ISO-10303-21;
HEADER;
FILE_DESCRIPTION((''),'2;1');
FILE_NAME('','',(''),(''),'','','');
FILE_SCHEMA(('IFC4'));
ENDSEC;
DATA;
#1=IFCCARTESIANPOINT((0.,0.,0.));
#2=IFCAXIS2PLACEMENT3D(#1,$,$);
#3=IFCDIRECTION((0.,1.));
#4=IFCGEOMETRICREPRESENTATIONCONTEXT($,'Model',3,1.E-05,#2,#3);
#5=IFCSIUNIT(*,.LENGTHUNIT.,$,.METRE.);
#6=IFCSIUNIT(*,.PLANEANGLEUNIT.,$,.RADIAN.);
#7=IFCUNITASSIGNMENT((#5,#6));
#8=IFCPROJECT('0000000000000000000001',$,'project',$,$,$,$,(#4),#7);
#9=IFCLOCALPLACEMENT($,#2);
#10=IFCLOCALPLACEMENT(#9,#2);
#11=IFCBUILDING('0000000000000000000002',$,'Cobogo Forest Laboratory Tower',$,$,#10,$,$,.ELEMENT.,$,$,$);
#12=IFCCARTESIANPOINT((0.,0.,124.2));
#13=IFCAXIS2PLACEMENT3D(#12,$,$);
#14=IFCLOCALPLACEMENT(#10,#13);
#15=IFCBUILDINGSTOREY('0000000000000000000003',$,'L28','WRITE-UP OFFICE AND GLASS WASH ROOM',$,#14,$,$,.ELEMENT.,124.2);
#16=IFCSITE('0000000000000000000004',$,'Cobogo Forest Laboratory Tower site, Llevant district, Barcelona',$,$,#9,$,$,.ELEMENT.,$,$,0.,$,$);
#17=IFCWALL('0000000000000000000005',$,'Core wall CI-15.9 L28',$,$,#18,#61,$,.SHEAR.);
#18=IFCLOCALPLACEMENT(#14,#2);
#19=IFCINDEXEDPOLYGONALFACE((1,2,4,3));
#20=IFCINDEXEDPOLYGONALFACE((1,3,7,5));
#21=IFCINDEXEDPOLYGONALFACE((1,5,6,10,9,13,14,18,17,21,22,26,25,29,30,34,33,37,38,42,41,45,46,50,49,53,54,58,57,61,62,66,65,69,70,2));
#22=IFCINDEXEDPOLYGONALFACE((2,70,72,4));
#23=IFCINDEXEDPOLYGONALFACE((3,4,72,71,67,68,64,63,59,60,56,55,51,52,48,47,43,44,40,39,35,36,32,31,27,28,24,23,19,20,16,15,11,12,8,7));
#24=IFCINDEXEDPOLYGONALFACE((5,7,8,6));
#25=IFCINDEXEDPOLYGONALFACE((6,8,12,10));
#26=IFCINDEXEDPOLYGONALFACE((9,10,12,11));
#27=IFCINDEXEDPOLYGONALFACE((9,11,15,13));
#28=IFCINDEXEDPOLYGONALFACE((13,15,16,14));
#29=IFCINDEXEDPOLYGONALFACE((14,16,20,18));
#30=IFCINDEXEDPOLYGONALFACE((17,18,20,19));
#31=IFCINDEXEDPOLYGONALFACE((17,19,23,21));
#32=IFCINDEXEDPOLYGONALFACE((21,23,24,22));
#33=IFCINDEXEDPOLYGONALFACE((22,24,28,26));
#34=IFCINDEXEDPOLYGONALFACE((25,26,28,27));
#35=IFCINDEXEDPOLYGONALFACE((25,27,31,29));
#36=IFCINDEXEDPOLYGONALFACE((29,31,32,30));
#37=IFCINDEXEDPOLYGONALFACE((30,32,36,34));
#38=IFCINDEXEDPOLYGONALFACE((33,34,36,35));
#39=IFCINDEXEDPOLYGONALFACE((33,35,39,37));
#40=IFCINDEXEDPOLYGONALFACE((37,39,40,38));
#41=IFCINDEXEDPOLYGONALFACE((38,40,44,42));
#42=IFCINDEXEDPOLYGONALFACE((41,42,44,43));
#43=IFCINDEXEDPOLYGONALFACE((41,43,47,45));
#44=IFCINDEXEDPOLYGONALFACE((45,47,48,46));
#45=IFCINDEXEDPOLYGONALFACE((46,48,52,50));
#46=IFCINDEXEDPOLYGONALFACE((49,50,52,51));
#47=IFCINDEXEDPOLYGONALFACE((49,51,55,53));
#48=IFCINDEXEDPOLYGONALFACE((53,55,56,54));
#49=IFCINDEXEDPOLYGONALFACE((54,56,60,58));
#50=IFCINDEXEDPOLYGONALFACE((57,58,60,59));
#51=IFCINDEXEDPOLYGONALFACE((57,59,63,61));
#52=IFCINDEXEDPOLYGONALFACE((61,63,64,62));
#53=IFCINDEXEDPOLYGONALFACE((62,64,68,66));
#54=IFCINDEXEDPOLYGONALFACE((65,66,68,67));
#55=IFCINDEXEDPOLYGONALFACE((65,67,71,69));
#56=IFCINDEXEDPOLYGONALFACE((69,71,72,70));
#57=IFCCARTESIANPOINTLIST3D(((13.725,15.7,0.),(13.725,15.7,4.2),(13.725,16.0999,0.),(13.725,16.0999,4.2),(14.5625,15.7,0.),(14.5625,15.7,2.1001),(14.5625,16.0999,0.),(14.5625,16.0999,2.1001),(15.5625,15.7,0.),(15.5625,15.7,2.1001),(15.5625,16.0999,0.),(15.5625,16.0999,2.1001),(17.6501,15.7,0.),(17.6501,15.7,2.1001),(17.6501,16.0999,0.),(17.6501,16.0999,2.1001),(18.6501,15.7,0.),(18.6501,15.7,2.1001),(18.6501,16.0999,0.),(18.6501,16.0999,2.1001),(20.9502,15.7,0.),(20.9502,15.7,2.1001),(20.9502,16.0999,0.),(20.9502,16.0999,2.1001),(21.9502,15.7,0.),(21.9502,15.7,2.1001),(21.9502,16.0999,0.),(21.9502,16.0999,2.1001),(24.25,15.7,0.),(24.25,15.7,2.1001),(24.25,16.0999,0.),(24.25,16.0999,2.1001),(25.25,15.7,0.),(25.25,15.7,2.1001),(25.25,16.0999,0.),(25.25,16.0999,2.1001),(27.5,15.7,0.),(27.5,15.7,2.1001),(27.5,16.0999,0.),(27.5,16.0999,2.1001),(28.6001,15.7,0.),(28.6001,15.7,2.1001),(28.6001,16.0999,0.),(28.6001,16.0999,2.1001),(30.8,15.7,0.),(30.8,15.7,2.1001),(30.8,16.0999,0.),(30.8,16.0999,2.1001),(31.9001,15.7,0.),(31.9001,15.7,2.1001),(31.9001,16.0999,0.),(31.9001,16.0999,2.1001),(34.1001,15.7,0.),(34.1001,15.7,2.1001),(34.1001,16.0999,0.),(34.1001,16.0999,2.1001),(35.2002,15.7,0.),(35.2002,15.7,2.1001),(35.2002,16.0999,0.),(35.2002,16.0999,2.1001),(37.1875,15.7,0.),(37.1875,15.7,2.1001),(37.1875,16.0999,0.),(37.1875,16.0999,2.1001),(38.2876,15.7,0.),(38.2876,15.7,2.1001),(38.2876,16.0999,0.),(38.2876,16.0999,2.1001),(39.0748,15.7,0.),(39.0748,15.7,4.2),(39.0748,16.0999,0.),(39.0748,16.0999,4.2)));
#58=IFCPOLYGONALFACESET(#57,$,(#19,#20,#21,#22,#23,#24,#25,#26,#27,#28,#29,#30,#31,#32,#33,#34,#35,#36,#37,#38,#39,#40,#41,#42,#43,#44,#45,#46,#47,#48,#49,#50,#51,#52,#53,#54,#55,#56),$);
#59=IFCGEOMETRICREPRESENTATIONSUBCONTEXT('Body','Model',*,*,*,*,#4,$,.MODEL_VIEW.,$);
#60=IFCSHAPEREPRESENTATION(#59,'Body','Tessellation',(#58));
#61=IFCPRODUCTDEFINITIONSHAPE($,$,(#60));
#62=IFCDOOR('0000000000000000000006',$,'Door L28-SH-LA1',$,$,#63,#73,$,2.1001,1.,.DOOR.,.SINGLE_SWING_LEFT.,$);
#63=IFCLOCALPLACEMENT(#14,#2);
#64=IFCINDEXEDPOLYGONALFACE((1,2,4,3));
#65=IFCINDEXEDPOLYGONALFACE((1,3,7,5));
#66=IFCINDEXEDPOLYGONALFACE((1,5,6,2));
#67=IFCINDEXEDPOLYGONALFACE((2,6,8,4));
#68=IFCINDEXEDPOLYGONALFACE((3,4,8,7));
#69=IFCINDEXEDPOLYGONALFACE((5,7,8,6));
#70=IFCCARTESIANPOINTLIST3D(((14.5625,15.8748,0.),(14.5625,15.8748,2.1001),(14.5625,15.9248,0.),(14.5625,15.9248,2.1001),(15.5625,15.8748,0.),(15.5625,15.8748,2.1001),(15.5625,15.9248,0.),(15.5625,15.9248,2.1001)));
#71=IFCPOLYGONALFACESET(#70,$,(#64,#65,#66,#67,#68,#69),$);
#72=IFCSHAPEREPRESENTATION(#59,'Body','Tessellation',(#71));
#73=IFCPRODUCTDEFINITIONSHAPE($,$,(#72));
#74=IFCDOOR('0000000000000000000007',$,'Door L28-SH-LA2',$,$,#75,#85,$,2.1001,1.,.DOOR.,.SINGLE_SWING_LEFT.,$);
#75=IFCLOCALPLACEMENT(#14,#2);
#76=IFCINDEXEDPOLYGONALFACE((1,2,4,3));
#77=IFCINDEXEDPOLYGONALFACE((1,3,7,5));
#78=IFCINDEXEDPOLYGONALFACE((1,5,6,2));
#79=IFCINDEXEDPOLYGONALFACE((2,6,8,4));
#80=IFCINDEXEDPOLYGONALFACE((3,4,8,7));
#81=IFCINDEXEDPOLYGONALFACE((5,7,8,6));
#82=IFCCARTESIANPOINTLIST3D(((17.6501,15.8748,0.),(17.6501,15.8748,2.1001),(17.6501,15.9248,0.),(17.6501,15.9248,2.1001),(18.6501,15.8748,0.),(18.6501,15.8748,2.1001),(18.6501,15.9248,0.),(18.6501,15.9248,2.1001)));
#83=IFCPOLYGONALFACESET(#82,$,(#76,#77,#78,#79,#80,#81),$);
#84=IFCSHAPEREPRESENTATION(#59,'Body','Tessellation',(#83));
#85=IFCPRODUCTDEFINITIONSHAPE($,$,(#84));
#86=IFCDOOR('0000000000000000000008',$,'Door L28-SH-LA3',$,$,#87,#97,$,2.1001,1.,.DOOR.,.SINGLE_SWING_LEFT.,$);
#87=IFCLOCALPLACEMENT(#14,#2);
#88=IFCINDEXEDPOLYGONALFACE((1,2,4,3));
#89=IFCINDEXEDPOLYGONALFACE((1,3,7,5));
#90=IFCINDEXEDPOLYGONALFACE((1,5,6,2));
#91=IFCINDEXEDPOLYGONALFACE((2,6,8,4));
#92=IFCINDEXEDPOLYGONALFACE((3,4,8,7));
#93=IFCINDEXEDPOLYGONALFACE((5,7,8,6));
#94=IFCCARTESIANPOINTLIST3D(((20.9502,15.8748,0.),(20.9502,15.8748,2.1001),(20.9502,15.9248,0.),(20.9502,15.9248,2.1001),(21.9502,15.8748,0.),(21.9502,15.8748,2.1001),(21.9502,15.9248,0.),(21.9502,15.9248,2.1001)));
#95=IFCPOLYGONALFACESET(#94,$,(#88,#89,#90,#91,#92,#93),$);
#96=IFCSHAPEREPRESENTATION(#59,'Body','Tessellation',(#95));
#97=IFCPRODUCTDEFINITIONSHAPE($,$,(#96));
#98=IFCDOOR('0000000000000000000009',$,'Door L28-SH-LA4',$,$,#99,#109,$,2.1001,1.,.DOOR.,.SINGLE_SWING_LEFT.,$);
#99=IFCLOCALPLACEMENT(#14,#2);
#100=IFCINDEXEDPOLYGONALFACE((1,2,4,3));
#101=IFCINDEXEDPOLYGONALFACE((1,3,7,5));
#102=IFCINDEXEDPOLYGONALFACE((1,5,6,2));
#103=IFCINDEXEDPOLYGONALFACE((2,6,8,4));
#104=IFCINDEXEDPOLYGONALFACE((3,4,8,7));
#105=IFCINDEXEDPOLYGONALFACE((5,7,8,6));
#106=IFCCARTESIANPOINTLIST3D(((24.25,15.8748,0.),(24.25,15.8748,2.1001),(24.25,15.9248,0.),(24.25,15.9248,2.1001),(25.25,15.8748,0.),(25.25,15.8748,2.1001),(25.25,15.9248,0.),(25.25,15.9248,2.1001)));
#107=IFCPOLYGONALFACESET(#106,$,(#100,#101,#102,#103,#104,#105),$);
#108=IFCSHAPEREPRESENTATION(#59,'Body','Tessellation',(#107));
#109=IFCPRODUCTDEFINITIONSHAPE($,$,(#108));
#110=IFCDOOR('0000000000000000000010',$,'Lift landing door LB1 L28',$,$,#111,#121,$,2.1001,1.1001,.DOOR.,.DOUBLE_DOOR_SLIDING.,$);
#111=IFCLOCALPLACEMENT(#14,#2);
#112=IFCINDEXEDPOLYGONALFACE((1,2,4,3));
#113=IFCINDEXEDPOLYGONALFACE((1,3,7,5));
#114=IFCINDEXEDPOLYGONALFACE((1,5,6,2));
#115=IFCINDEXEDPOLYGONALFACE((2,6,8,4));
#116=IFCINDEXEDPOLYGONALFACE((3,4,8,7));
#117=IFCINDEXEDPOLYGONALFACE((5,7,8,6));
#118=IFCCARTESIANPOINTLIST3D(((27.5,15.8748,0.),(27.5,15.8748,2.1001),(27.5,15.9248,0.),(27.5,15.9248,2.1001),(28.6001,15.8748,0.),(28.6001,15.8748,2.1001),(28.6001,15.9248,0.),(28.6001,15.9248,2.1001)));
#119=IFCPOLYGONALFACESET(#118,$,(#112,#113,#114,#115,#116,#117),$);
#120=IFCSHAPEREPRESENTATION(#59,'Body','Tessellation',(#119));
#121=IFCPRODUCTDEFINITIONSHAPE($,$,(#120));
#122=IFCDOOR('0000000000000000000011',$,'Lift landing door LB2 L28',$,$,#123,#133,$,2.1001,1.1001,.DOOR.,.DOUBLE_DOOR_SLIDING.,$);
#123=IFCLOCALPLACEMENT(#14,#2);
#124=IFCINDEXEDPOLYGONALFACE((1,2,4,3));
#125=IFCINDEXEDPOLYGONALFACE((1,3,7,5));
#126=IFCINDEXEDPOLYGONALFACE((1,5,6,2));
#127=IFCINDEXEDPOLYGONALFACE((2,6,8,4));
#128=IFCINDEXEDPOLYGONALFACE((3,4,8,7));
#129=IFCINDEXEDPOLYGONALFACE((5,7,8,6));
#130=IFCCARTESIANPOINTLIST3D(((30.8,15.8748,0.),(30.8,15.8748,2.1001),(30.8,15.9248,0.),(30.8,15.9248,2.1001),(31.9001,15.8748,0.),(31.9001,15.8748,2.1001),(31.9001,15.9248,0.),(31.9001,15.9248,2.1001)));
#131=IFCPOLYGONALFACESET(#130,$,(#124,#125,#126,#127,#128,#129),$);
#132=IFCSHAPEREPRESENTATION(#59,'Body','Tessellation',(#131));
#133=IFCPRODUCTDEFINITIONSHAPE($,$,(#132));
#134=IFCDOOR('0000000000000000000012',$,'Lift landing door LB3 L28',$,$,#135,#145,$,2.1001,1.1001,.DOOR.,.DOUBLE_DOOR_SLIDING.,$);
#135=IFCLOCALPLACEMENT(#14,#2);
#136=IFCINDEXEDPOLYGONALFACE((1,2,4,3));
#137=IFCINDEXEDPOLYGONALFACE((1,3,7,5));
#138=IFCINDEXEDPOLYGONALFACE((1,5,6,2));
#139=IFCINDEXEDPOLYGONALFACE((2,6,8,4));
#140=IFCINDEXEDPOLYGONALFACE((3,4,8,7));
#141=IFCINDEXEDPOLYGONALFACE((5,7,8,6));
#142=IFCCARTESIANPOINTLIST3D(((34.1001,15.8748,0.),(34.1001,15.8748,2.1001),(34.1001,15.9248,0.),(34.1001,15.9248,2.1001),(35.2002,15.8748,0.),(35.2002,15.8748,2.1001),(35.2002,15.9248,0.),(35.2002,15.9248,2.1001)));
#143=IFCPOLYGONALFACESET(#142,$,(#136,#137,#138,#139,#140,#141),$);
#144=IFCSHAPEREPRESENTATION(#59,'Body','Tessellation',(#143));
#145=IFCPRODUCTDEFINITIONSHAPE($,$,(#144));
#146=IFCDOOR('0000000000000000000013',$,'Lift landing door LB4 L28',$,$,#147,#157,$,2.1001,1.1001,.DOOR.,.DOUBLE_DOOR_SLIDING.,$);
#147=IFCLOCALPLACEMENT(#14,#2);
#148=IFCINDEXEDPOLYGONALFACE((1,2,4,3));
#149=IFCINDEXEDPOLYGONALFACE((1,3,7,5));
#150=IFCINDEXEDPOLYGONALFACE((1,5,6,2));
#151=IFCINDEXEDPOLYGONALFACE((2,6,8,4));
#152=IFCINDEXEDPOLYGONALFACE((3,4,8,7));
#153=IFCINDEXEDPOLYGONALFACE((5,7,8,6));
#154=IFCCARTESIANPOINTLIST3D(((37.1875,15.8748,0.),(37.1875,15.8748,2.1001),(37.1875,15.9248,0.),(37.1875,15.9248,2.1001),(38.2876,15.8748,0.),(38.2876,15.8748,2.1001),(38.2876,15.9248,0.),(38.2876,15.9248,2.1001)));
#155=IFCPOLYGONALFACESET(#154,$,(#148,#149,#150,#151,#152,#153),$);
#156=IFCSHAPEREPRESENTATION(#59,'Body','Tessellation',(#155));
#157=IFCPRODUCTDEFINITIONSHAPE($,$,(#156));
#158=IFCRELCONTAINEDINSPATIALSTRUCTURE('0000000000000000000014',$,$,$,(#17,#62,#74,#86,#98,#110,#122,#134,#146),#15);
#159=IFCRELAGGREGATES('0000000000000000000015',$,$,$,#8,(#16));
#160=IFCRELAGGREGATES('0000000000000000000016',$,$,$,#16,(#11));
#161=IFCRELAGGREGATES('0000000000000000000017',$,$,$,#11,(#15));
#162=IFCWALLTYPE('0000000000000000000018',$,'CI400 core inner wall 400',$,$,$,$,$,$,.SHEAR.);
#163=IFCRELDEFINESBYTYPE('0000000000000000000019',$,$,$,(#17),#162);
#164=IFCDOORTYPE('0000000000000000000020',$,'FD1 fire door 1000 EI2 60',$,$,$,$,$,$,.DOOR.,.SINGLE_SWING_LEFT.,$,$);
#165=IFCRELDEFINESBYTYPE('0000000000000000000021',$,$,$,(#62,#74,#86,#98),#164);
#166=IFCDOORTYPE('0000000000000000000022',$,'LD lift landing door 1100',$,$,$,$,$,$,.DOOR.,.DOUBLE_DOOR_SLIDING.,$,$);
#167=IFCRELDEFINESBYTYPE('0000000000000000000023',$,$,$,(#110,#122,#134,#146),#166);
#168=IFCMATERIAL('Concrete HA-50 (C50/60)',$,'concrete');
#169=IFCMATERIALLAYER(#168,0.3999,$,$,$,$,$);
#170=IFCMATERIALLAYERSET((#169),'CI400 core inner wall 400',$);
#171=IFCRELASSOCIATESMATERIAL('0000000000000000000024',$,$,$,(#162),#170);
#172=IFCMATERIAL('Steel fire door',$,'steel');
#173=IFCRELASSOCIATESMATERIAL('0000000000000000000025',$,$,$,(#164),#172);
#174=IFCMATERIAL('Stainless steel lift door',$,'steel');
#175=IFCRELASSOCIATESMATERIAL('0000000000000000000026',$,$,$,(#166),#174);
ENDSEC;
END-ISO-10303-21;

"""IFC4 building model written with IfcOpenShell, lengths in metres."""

from ifc_helpers import new_model, si_unit, direction, frame, frame_2d, origin, place, context, subcontext, project, spatial, rectangle, extrude, material, layer, layer_set, type_object, element, fill, save


model = new_model("IFC4")

# Units and contexts
model_context = context("Model", 3, precision=1e-05, world=origin(), true_north=direction((0.0, 1.0)))
body_context = subcontext(model_context, "Body", "Model", "MODEL_VIEW")
ifc_project = project(units=[si_unit("LENGTHUNIT", "METRE"), si_unit("PLANEANGLEUNIT", "RADIAN")], contexts=[model_context])

# Site, building, storey
site_placement = place(None, origin())
site = spatial("IfcSite", under=ifc_project, at=site_placement, Name="Cobogo Forest Laboratory Tower site, Llevant district, Barcelona", CompositionType="ELEMENT", RefElevation=0.0)
building_placement = place(site_placement, origin())
building = spatial("IfcBuilding", under=site, at=building_placement, Name="Cobogo Forest Laboratory Tower", CompositionType="ELEMENT")
storey_placement = place(building_placement, frame((0.0, 0.0, 124.2)))
storey = spatial("IfcBuildingStorey", under=building, at=storey_placement, Name="L28", Description="WRITE-UP OFFICE AND GLASS WASH ROOM", CompositionType="ELEMENT", Elevation=124.2)

# Wall, openings, doors
ifc_material_1 = material(Name="Concrete HA-50 (C50/60)", Category="concrete")
ifc_layer_1 = layer(ifc_material_1, 0.3999)
ifc_layer_set_1 = layer_set([ifc_layer_1], Name="CI400 core inner wall 400")
wall_type_1 = type_object("IfcWallType", Name="CI400 core inner wall 400", PredefinedType="SHEAR", material=ifc_layer_set_1)
wall_1_placement = place(storey_placement, frame((13.7251, 15.8999, 0.0), z_axis=(0.0, 0.0, 1.0), x_axis=(1.0, 0.0, 0.0)))
wall_1 = element("IfcWall", 1, at=wall_1_placement, inside=storey, type_object=wall_type_1, Name="Core wall CI-15.9 L28", PredefinedType="SHEAR", context=body_context, shape_type="SweptSolid", body=[
    extrude(rectangle(XDim=25.3499, YDim=0.3999, at=frame_2d((12.6748, 0.0))), origin(), (0.0, 0.0, 1.0), 4.2),
])
opening_1_placement = place(wall_1_placement, frame((0.8374, 0.0, 0.0)))
opening_1 = element("IfcOpeningElement", 2, at=opening_1_placement, cuts=wall_1, PredefinedType="OPENING", context=body_context, shape_type="SweptSolid", body=[
    extrude(rectangle(XDim=1.0, YDim=2.1001, at=frame_2d((0.5, 1.05))), frame((0.0, 0.21, 0.0), z_axis=(0.0, -1.0, 0.0), x_axis=(1.0, 0.0, 0.0)), (0.0, 0.0, 1.0), 0.4199),
])
opening_2_placement = place(wall_1_placement, frame((3.925, 0.0, 0.0)))
opening_2 = element("IfcOpeningElement", 3, at=opening_2_placement, cuts=wall_1, PredefinedType="OPENING", context=body_context, shape_type="SweptSolid", body=[
    extrude(rectangle(XDim=1.0, YDim=2.1001, at=frame_2d((0.5, 1.05))), frame((0.0, 0.21, 0.0), z_axis=(0.0, -1.0, 0.0), x_axis=(1.0, 0.0, 0.0)), (0.0, 0.0, 1.0), 0.4199),
])
opening_3_placement = place(wall_1_placement, frame((7.2251, 0.0, 0.0)))
opening_3 = element("IfcOpeningElement", 4, at=opening_3_placement, cuts=wall_1, PredefinedType="OPENING", context=body_context, shape_type="SweptSolid", body=[
    extrude(rectangle(XDim=1.0, YDim=2.1001, at=frame_2d((0.5, 1.05))), frame((0.0, 0.21, 0.0), z_axis=(0.0, -1.0, 0.0), x_axis=(1.0, 0.0, 0.0)), (0.0, 0.0, 1.0), 0.4199),
])
opening_4_placement = place(wall_1_placement, frame((10.5249, 0.0, 0.0)))
opening_4 = element("IfcOpeningElement", 5, at=opening_4_placement, cuts=wall_1, PredefinedType="OPENING", context=body_context, shape_type="SweptSolid", body=[
    extrude(rectangle(XDim=1.0, YDim=2.1001, at=frame_2d((0.5, 1.05))), frame((0.0, 0.21, 0.0), z_axis=(0.0, -1.0, 0.0), x_axis=(1.0, 0.0, 0.0)), (0.0, 0.0, 1.0), 0.4199),
])
opening_5_placement = place(wall_1_placement, frame((13.7749, 0.0, 0.0)))
opening_5 = element("IfcOpeningElement", 6, at=opening_5_placement, cuts=wall_1, PredefinedType="OPENING", context=body_context, shape_type="SweptSolid", body=[
    extrude(rectangle(XDim=1.1001, YDim=2.1001, at=frame_2d((0.55, 1.05))), frame((0.0, 0.21, 0.0), z_axis=(0.0, -1.0, 0.0), x_axis=(1.0, 0.0, 0.0)), (0.0, 0.0, 1.0), 0.4199),
])
opening_6_placement = place(wall_1_placement, frame((17.075, 0.0, 0.0)))
opening_6 = element("IfcOpeningElement", 7, at=opening_6_placement, cuts=wall_1, PredefinedType="OPENING", context=body_context, shape_type="SweptSolid", body=[
    extrude(rectangle(XDim=1.1001, YDim=2.1001, at=frame_2d((0.55, 1.05))), frame((0.0, 0.21, 0.0), z_axis=(0.0, -1.0, 0.0), x_axis=(1.0, 0.0, 0.0)), (0.0, 0.0, 1.0), 0.4199),
])
opening_7_placement = place(wall_1_placement, frame((20.375, 0.0, 0.0)))
opening_7 = element("IfcOpeningElement", 8, at=opening_7_placement, cuts=wall_1, PredefinedType="OPENING", context=body_context, shape_type="SweptSolid", body=[
    extrude(rectangle(XDim=1.1001, YDim=2.1001, at=frame_2d((0.55, 1.05))), frame((0.0, 0.21, 0.0), z_axis=(0.0, -1.0, 0.0), x_axis=(1.0, 0.0, 0.0)), (0.0, 0.0, 1.0), 0.4199),
])
opening_8_placement = place(wall_1_placement, frame((23.4624, 0.0, 0.0)))
opening_8 = element("IfcOpeningElement", 9, at=opening_8_placement, cuts=wall_1, PredefinedType="OPENING", context=body_context, shape_type="SweptSolid", body=[
    extrude(rectangle(XDim=1.1001, YDim=2.1001, at=frame_2d((0.55, 1.05))), frame((0.0, 0.21, 0.0), z_axis=(0.0, -1.0, 0.0), x_axis=(1.0, 0.0, 0.0)), (0.0, 0.0, 1.0), 0.4199),
])
ifc_material_2 = material(Name="Steel fire door", Category="steel")
door_type_1 = type_object("IfcDoorType", Name="FD1 fire door 1000 EI2 60", OperationType="SINGLE_SWING_LEFT", PredefinedType="DOOR", material=ifc_material_2)
door_1_placement = place(opening_1_placement, origin())
door_1 = element("IfcDoor", 10, at=door_1_placement, inside=storey, type_object=door_type_1, Name="Door L28-SH-LA1", OperationType="SINGLE_SWING_LEFT", OverallHeight=2.1001, OverallWidth=1.0, PredefinedType="DOOR", context=body_context, shape_type="SweptSolid", body=[
    extrude(rectangle(XDim=1.0, YDim=2.1001, at=frame_2d((0.5, 1.05))), frame((0.0, 0.0249, 0.0), z_axis=(0.0, -1.0, 0.0), x_axis=(1.0, 0.0, 0.0)), (0.0, 0.0, 1.0), 0.05),
])
fill(opening_1, door_1)
door_2_placement = place(opening_2_placement, origin())
door_2 = element("IfcDoor", 11, at=door_2_placement, inside=storey, type_object=door_type_1, Name="Door L28-SH-LA2", OperationType="SINGLE_SWING_LEFT", OverallHeight=2.1001, OverallWidth=1.0, PredefinedType="DOOR", context=body_context, shape_type="SweptSolid", body=[
    extrude(rectangle(XDim=1.0, YDim=2.1001, at=frame_2d((0.5, 1.05))), frame((0.0, 0.0249, 0.0), z_axis=(0.0, -1.0, 0.0), x_axis=(1.0, 0.0, 0.0)), (0.0, 0.0, 1.0), 0.05),
])
fill(opening_2, door_2)
door_3_placement = place(opening_3_placement, origin())
door_3 = element("IfcDoor", 12, at=door_3_placement, inside=storey, type_object=door_type_1, Name="Door L28-SH-LA3", OperationType="SINGLE_SWING_LEFT", OverallHeight=2.1001, OverallWidth=1.0, PredefinedType="DOOR", context=body_context, shape_type="SweptSolid", body=[
    extrude(rectangle(XDim=1.0, YDim=2.1001, at=frame_2d((0.5, 1.05))), frame((0.0, 0.0249, 0.0), z_axis=(0.0, -1.0, 0.0), x_axis=(1.0, 0.0, 0.0)), (0.0, 0.0, 1.0), 0.05),
])
fill(opening_3, door_3)
door_4_placement = place(opening_4_placement, origin())
door_4 = element("IfcDoor", 13, at=door_4_placement, inside=storey, type_object=door_type_1, Name="Door L28-SH-LA4", OperationType="SINGLE_SWING_LEFT", OverallHeight=2.1001, OverallWidth=1.0, PredefinedType="DOOR", context=body_context, shape_type="SweptSolid", body=[
    extrude(rectangle(XDim=1.0, YDim=2.1001, at=frame_2d((0.5, 1.05))), frame((0.0, 0.0249, 0.0), z_axis=(0.0, -1.0, 0.0), x_axis=(1.0, 0.0, 0.0)), (0.0, 0.0, 1.0), 0.05),
])
fill(opening_4, door_4)
ifc_material_3 = material(Name="Stainless steel lift door", Category="steel")
door_type_2 = type_object("IfcDoorType", Name="LD lift landing door 1100", OperationType="DOUBLE_DOOR_SLIDING", PredefinedType="DOOR", material=ifc_material_3)
door_5_placement = place(opening_5_placement, origin())
door_5 = element("IfcDoor", 14, at=door_5_placement, inside=storey, type_object=door_type_2, Name="Lift landing door LB1 L28", OperationType="DOUBLE_DOOR_SLIDING", OverallHeight=2.1001, OverallWidth=1.1001, PredefinedType="DOOR", context=body_context, shape_type="SweptSolid", body=[
    extrude(rectangle(XDim=1.1001, YDim=2.1001, at=frame_2d((0.55, 1.05))), frame((0.0, 0.0249, 0.0), z_axis=(0.0, -1.0, 0.0), x_axis=(1.0, 0.0, 0.0)), (0.0, 0.0, 1.0), 0.05),
])
fill(opening_5, door_5)
door_6_placement = place(opening_6_placement, origin())
door_6 = element("IfcDoor", 15, at=door_6_placement, inside=storey, type_object=door_type_2, Name="Lift landing door LB2 L28", OperationType="DOUBLE_DOOR_SLIDING", OverallHeight=2.1001, OverallWidth=1.1001, PredefinedType="DOOR", context=body_context, shape_type="SweptSolid", body=[
    extrude(rectangle(XDim=1.1001, YDim=2.1001, at=frame_2d((0.55, 1.05))), frame((0.0, 0.0249, 0.0), z_axis=(0.0, -1.0, 0.0), x_axis=(1.0, 0.0, 0.0)), (0.0, 0.0, 1.0), 0.05),
])
fill(opening_6, door_6)
door_7_placement = place(opening_7_placement, origin())
door_7 = element("IfcDoor", 16, at=door_7_placement, inside=storey, type_object=door_type_2, Name="Lift landing door LB3 L28", OperationType="DOUBLE_DOOR_SLIDING", OverallHeight=2.1001, OverallWidth=1.1001, PredefinedType="DOOR", context=body_context, shape_type="SweptSolid", body=[
    extrude(rectangle(XDim=1.1001, YDim=2.1001, at=frame_2d((0.55, 1.05))), frame((0.0, 0.0249, 0.0), z_axis=(0.0, -1.0, 0.0), x_axis=(1.0, 0.0, 0.0)), (0.0, 0.0, 1.0), 0.05),
])
fill(opening_7, door_7)
door_8_placement = place(opening_8_placement, origin())
door_8 = element("IfcDoor", 17, at=door_8_placement, inside=storey, type_object=door_type_2, Name="Lift landing door LB4 L28", OperationType="DOUBLE_DOOR_SLIDING", OverallHeight=2.1001, OverallWidth=1.1001, PredefinedType="DOOR", context=body_context, shape_type="SweptSolid", body=[
    extrude(rectangle(XDim=1.1001, YDim=2.1001, at=frame_2d((0.55, 1.05))), frame((0.0, 0.0249, 0.0), z_axis=(0.0, -1.0, 0.0), x_axis=(1.0, 0.0, 0.0)), (0.0, 0.0, 1.0), 0.05),
])
fill(opening_8, door_8)

save(model, "model.ifc")
